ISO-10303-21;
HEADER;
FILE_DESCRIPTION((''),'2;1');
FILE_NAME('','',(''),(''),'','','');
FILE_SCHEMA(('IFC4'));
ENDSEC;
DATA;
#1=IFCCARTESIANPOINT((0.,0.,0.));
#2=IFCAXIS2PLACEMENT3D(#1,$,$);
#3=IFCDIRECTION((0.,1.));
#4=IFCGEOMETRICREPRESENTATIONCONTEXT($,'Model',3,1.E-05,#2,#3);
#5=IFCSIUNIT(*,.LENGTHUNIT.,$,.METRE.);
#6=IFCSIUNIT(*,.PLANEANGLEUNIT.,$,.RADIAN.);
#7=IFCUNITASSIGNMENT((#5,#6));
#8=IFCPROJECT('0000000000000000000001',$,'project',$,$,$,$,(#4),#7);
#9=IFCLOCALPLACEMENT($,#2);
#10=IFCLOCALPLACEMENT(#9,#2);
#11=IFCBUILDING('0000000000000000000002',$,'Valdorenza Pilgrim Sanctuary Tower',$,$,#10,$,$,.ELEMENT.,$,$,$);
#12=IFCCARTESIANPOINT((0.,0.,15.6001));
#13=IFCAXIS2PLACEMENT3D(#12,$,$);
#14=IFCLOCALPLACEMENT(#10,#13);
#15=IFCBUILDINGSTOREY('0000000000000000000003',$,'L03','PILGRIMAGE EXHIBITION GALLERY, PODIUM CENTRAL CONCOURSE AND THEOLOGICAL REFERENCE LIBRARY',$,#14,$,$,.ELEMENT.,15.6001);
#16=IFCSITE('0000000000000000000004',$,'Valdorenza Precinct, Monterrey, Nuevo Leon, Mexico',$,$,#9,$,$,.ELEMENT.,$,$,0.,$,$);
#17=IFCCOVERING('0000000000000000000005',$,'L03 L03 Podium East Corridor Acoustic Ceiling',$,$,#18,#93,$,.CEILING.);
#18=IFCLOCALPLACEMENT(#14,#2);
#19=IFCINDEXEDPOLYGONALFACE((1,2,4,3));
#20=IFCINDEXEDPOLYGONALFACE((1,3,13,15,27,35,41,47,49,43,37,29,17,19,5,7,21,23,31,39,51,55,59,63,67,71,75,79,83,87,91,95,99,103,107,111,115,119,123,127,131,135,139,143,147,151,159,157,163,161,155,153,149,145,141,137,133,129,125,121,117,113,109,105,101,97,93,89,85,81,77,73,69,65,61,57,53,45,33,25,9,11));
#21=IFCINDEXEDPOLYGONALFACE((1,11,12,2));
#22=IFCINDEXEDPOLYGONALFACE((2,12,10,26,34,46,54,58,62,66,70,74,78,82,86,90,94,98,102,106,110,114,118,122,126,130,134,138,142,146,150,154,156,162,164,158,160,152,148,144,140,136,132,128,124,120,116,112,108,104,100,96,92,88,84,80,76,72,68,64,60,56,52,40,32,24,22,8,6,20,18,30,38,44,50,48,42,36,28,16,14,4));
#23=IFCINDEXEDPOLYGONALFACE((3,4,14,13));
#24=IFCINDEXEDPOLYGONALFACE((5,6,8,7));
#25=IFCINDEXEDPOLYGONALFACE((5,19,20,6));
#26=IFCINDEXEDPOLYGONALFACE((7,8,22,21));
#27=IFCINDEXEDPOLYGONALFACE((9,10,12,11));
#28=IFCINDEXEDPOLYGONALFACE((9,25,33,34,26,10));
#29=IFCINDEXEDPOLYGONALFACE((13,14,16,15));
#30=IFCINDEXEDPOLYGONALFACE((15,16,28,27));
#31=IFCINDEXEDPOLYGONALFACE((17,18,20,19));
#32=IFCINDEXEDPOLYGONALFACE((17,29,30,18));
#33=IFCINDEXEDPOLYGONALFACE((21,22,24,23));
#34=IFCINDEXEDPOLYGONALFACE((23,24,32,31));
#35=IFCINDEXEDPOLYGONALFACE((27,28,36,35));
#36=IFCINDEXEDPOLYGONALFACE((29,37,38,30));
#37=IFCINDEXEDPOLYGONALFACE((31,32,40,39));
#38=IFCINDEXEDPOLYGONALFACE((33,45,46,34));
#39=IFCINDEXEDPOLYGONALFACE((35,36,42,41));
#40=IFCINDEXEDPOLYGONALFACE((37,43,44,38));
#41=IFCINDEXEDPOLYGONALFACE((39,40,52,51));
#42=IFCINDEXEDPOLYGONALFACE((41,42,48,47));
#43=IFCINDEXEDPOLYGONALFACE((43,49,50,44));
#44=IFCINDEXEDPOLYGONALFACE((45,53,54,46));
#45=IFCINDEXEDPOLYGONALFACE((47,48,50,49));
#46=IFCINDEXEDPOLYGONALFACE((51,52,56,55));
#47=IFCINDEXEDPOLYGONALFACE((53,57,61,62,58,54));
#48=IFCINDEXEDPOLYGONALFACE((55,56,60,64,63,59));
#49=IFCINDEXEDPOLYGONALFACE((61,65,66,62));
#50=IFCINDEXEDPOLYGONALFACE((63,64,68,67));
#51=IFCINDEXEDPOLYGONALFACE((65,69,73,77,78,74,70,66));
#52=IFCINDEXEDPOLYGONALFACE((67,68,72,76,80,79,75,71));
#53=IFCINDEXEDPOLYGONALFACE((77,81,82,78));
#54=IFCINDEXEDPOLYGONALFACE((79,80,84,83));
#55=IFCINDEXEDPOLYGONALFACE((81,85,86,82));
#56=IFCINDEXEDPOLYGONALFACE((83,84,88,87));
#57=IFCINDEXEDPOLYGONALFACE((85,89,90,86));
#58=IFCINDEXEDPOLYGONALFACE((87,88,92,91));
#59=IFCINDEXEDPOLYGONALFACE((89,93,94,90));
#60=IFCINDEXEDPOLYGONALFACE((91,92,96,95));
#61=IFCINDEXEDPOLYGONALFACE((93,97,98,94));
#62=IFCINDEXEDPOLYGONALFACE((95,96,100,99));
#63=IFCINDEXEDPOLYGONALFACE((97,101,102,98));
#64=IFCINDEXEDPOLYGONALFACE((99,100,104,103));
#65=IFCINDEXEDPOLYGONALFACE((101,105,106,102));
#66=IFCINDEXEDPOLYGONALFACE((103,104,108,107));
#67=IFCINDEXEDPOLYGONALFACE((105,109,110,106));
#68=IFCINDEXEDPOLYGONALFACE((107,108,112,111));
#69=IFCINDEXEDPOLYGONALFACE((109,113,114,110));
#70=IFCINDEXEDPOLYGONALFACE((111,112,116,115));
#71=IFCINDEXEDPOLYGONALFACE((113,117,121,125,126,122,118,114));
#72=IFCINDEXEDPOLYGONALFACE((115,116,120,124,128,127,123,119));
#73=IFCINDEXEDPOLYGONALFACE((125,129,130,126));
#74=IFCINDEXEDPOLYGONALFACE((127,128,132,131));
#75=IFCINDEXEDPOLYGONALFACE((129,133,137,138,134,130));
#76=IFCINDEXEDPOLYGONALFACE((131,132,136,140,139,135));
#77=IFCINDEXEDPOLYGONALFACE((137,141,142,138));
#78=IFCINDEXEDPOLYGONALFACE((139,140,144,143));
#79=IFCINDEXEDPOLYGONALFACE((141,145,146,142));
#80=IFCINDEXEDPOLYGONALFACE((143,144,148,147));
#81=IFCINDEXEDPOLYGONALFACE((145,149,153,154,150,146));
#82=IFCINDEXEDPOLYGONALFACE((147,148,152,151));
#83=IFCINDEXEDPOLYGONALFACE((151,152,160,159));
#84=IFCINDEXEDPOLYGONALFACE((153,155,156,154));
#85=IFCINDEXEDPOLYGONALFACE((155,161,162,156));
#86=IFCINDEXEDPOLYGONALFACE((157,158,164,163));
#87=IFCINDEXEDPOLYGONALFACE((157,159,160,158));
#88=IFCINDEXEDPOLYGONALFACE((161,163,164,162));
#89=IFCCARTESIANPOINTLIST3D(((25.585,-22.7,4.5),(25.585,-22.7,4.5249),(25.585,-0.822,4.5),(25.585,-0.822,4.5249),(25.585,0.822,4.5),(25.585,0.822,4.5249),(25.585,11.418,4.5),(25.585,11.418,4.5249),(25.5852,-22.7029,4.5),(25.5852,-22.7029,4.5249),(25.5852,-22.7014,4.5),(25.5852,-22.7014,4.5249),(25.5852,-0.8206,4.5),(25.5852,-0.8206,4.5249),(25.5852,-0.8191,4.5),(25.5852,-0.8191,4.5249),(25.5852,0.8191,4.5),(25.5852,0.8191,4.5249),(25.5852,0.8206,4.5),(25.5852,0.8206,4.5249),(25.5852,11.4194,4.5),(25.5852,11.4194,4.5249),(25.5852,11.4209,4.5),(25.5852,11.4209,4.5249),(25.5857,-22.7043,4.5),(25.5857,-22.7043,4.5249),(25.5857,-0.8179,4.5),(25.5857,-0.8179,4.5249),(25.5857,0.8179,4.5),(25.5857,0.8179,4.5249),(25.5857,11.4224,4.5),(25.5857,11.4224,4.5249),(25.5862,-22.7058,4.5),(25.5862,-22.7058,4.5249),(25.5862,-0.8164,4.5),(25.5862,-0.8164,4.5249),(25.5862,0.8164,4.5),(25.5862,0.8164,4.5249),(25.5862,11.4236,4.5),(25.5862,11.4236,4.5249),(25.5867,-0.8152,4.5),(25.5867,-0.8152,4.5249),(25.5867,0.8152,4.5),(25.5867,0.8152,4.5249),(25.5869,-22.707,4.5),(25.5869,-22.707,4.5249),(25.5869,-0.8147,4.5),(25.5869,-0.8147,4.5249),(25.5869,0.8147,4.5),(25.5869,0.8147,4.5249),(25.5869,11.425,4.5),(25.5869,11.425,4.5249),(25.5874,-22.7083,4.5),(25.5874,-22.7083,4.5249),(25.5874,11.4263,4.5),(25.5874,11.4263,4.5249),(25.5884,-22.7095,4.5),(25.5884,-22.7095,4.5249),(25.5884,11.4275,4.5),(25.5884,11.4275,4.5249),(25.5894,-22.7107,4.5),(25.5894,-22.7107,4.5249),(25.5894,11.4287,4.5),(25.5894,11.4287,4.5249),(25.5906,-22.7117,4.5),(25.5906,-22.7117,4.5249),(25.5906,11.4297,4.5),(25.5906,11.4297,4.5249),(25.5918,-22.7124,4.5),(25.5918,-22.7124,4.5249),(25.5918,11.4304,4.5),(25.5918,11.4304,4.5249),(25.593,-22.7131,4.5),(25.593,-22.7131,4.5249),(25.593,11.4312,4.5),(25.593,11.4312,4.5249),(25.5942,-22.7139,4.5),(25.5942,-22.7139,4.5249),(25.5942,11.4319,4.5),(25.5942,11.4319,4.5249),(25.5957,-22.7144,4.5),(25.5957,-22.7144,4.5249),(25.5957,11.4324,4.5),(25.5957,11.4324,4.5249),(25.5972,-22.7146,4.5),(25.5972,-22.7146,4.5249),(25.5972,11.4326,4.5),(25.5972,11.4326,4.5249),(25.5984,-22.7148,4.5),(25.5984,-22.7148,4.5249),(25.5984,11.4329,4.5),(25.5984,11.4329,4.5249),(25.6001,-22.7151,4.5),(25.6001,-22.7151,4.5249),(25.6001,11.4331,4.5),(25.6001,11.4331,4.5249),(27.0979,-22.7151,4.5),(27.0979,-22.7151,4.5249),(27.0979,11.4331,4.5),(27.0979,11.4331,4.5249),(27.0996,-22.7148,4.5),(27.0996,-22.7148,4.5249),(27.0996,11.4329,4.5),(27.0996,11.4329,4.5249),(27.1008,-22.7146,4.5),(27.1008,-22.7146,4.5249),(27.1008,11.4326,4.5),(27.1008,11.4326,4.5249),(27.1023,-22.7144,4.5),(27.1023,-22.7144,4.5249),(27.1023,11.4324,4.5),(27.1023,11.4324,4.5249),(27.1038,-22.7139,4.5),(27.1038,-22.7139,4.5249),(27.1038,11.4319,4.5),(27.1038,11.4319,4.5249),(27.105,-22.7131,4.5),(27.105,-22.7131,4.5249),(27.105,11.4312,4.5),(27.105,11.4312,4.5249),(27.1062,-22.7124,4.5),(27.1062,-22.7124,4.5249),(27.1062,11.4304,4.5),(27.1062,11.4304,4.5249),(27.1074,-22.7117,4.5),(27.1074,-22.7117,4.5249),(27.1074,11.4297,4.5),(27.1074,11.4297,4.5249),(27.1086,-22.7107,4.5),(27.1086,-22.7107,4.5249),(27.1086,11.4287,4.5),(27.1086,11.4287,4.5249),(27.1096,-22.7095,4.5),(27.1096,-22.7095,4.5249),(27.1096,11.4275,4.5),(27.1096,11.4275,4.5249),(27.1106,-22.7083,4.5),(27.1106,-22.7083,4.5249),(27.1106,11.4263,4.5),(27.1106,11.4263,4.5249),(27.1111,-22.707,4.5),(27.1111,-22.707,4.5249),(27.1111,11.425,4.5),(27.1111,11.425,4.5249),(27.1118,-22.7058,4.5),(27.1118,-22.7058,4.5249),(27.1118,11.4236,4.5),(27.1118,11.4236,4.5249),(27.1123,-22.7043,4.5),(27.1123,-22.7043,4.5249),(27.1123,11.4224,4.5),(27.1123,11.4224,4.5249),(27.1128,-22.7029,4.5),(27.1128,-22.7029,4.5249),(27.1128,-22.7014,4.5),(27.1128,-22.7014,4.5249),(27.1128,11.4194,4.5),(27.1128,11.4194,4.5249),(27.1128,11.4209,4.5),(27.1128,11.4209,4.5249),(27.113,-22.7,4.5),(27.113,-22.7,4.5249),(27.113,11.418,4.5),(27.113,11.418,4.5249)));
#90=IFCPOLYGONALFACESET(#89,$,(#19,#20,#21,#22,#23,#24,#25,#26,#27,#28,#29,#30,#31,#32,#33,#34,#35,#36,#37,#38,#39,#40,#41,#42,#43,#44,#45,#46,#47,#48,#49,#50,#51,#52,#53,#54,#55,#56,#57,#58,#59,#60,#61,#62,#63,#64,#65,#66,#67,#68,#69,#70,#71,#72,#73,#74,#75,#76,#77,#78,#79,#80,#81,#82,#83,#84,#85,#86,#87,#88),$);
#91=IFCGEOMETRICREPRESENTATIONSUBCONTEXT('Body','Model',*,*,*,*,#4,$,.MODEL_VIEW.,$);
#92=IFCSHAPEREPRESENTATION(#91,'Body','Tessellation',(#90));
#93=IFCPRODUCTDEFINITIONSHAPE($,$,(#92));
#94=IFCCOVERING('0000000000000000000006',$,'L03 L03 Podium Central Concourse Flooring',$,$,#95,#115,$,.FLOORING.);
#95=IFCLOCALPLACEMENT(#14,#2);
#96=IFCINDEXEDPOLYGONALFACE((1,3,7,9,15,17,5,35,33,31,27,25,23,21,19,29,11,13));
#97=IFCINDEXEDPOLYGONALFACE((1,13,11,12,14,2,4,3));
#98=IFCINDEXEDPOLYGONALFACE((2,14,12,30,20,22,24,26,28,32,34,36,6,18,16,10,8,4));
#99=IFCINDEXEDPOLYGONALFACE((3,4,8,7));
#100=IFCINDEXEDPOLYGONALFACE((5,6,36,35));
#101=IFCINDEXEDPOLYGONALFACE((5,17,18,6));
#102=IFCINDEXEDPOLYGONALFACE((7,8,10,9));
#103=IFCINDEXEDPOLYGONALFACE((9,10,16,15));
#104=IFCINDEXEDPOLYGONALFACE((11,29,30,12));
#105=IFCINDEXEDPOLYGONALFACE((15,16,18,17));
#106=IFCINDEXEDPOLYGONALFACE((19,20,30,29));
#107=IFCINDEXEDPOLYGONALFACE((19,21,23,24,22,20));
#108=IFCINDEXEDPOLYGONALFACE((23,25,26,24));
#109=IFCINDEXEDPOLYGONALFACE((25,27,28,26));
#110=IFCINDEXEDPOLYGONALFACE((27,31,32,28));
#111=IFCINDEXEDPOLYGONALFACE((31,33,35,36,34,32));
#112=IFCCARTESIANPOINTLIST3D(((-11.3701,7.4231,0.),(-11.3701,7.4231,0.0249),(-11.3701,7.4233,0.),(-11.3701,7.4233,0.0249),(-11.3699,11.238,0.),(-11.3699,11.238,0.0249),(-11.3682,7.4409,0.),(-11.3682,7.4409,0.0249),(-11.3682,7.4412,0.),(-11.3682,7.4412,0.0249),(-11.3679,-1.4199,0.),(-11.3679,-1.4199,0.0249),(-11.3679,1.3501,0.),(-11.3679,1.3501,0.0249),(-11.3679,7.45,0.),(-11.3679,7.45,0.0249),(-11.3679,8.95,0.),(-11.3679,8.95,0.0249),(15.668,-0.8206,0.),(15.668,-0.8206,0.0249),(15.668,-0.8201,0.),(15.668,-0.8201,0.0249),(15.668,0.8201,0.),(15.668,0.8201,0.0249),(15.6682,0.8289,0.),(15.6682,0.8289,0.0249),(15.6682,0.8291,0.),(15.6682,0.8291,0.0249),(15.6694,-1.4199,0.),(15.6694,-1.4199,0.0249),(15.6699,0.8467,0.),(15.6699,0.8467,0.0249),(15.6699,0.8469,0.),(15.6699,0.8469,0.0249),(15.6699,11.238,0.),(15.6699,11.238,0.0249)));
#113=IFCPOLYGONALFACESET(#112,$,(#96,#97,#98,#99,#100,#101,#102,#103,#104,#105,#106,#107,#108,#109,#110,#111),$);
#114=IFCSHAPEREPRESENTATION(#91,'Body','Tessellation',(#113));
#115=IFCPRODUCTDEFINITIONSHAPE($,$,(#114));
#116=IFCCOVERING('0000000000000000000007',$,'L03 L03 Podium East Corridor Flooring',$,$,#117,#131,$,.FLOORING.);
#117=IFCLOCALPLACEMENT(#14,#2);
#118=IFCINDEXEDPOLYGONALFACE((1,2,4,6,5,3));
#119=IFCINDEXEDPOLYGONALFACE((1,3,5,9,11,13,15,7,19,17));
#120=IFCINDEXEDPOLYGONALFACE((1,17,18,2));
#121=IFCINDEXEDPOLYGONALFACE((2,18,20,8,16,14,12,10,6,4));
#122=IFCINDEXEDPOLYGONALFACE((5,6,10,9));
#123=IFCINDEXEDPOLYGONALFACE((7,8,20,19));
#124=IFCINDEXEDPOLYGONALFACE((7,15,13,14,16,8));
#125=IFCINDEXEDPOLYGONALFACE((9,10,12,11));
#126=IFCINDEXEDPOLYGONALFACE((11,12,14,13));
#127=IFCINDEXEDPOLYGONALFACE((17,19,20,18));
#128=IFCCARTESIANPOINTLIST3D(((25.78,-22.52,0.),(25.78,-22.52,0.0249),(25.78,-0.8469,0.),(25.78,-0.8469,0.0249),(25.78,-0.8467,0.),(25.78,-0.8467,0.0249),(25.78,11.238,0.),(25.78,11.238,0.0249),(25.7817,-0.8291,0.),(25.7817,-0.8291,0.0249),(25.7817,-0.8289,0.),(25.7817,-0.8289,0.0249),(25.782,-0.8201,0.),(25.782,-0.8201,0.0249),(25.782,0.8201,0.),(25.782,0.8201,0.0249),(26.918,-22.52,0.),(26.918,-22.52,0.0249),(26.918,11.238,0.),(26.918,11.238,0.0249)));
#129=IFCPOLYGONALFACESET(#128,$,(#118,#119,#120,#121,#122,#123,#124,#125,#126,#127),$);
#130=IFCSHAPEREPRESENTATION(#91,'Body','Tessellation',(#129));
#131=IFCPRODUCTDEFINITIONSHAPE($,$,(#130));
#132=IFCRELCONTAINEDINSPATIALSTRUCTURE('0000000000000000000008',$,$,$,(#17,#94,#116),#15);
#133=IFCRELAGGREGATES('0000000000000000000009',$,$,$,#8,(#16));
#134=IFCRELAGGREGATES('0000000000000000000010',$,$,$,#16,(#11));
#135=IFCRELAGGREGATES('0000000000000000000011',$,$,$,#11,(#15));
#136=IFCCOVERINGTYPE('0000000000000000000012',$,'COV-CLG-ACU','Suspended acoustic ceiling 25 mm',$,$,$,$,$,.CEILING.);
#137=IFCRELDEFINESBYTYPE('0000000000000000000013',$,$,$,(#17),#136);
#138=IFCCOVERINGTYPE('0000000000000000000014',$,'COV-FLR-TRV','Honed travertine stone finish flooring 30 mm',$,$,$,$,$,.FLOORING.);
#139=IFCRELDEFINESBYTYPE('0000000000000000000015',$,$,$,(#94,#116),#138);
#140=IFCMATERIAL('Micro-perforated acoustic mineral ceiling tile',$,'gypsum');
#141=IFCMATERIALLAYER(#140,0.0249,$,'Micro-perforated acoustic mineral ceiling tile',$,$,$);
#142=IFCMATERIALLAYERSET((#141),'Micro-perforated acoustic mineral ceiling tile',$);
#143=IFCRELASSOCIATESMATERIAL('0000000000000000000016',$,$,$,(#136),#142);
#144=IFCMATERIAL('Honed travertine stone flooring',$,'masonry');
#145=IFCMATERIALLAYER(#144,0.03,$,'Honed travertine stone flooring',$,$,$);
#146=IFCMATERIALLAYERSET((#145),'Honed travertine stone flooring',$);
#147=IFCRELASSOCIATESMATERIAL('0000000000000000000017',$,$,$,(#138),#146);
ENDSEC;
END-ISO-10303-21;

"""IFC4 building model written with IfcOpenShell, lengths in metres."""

from ifc_helpers import new_model, si_unit, direction, frame, origin, place, context, subcontext, project, spatial, polyline, outline, extrude, material, layer, layer_set, type_object, element, save


model = new_model("IFC4")

# Units and contexts
model_context = context("Model", 3, precision=1e-05, world=origin(), true_north=direction((0.0, 1.0)))
body_context = subcontext(model_context, "Body", "Model", "MODEL_VIEW")
ifc_project = project(units=[si_unit("LENGTHUNIT", "METRE"), si_unit("PLANEANGLEUNIT", "RADIAN")], contexts=[model_context])

# Site, building, storey
site_placement = place(None, origin())
site = spatial("IfcSite", under=ifc_project, at=site_placement, Name="Valdorenza Precinct, Monterrey, Nuevo Leon, Mexico", CompositionType="ELEMENT", RefElevation=0.0)
building_placement = place(site_placement, origin())
building = spatial("IfcBuilding", under=site, at=building_placement, Name="Valdorenza Pilgrim Sanctuary Tower", CompositionType="ELEMENT")
storey_placement = place(building_placement, frame((0.0, 0.0, 15.6001)))
storey = spatial("IfcBuildingStorey", under=building, at=storey_placement, Name="L03", Description="PILGRIMAGE EXHIBITION GALLERY, PODIUM CENTRAL CONCOURSE AND THEOLOGICAL REFERENCE LIBRARY", CompositionType="ELEMENT", Elevation=15.6001)

# Coverings
ifc_material_1 = material(Name="Micro-perforated acoustic mineral ceiling tile", Category="gypsum")
ifc_layer_1 = layer(ifc_material_1, 0.0249, Name="Micro-perforated acoustic mineral ceiling tile")
ifc_layer_set_1 = layer_set([ifc_layer_1], Name="Micro-perforated acoustic mineral ceiling tile")
covering_type_1 = type_object("IfcCoveringType", Name="COV-CLG-ACU", Description="Suspended acoustic ceiling 25 mm", PredefinedType="CEILING", material=ifc_layer_set_1)
covering_1_placement = place(storey_placement, frame((0.0, 0.0, 4.5)))
element("IfcCovering", 1, at=covering_1_placement, inside=storey, type_object=covering_type_1, Name="L03 L03 Podium East Corridor Acoustic Ceiling", PredefinedType="CEILING", context=body_context, shape_type="SweptSolid", body=[
    extrude(outline(polyline([(25.5869, -0.8147), (25.5869, 0.8147), (25.5867, 0.8152), (25.5862, 0.8164), (25.5857, 0.8179), (25.5852, 0.8191), (25.5852, 0.8206), (25.585, 0.822), (25.585, 11.418), (25.5852, 11.4194), (25.5852, 11.4209), (25.5857, 11.4224), (25.5862, 11.4236), (25.5869, 11.425), (25.5874, 11.4263), (25.5884, 11.4275), (25.5894, 11.4287), (25.5906, 11.4297), (25.5918, 11.4304), (25.593, 11.4312), (25.5942, 11.4319), (25.5957, 11.4324), (25.5972, 11.4326), (25.5984, 11.4329), (25.6001, 11.4331), (27.0979, 11.4331), (27.0996, 11.4329), (27.1008, 11.4326), (27.1023, 11.4324), (27.1038, 11.4319), (27.105, 11.4312), (27.1062, 11.4304), (27.1074, 11.4297), (27.1086, 11.4287), (27.1096, 11.4275), (27.1106, 11.4263), (27.1111, 11.425), (27.1118, 11.4236), (27.1123, 11.4224), (27.1128, 11.4209), (27.1128, 11.4194), (27.113, 11.418), (27.113, -22.7), (27.1128, -22.7014), (27.1128, -22.7029), (27.1123, -22.7043), (27.1118, -22.7058), (27.1111, -22.707), (27.1106, -22.7083), (27.1096, -22.7095), (27.1086, -22.7107), (27.1074, -22.7117), (27.1062, -22.7124), (27.105, -22.7131), (27.1038, -22.7139), (27.1023, -22.7144), (27.1008, -22.7146), (27.0996, -22.7148), (27.0979, -22.7151), (25.6001, -22.7151), (25.5984, -22.7148), (25.5972, -22.7146), (25.5957, -22.7144), (25.5942, -22.7139), (25.593, -22.7131), (25.5918, -22.7124), (25.5906, -22.7117), (25.5894, -22.7107), (25.5884, -22.7095), (25.5874, -22.7083), (25.5869, -22.707), (25.5862, -22.7058), (25.5857, -22.7043), (25.5852, -22.7029), (25.5852, -22.7014), (25.585, -22.7), (25.585, -0.822), (25.5852, -0.8206), (25.5852, -0.8191), (25.5857, -0.8179), (25.5862, -0.8164), (25.5867, -0.8152), (25.5869, -0.8147)])), origin(), (0.0, 0.0, 1.0), 0.0249),
])
ifc_material_2 = material(Name="Honed travertine stone flooring", Category="masonry")
ifc_layer_2 = layer(ifc_material_2, 0.03, Name="Honed travertine stone flooring")
ifc_layer_set_2 = layer_set([ifc_layer_2], Name="Honed travertine stone flooring")
covering_type_2 = type_object("IfcCoveringType", Name="COV-FLR-TRV", Description="Honed travertine stone finish flooring 30 mm", PredefinedType="FLOORING", material=ifc_layer_set_2)
covering_2_placement = place(storey_placement, origin())
element("IfcCovering", 2, at=covering_2_placement, inside=storey, type_object=covering_type_2, Name="L03 L03 Podium Central Concourse Flooring", PredefinedType="FLOORING", context=body_context, shape_type="SweptSolid", body=[
    extrude(outline(polyline([(-11.3679, -1.4199), (-11.3679, -1.4199), (-11.3679, 1.3501), (-11.3701, 7.4231), (-11.3701, 7.4231), (-11.3701, 7.4233), (-11.3682, 7.4409), (-11.3682, 7.4412), (-11.3679, 7.45), (-11.3679, 8.95), (-11.3699, 11.238), (15.6699, 11.238), (15.6699, 0.8469), (15.6699, 0.8467), (15.6699, 0.8467), (15.6682, 0.8291), (15.6682, 0.8289), (15.668, 0.8201), (15.668, -0.8201), (15.668, -0.8206), (15.6694, -1.4199), (-11.3679, -1.4199)])), origin(), (0.0, 0.0, 1.0), 0.0249),
])
covering_3_placement = place(storey_placement, origin())
element("IfcCovering", 3, at=covering_3_placement, inside=storey, type_object=covering_type_2, Name="L03 L03 Podium East Corridor Flooring", PredefinedType="FLOORING", context=body_context, shape_type="SweptSolid", body=[
    extrude(outline(polyline([(25.78, -22.52), (25.78, -0.8469), (25.78, -0.8467), (25.78, -0.8467), (25.7817, -0.8291), (25.7817, -0.8289), (25.782, -0.8201), (25.782, 0.8201), (25.78, 11.238), (26.918, 11.238), (26.918, -22.52), (25.78, -22.52)])), origin(), (0.0, 0.0, 1.0), 0.0249),
])

save(model, "model.ifc")
